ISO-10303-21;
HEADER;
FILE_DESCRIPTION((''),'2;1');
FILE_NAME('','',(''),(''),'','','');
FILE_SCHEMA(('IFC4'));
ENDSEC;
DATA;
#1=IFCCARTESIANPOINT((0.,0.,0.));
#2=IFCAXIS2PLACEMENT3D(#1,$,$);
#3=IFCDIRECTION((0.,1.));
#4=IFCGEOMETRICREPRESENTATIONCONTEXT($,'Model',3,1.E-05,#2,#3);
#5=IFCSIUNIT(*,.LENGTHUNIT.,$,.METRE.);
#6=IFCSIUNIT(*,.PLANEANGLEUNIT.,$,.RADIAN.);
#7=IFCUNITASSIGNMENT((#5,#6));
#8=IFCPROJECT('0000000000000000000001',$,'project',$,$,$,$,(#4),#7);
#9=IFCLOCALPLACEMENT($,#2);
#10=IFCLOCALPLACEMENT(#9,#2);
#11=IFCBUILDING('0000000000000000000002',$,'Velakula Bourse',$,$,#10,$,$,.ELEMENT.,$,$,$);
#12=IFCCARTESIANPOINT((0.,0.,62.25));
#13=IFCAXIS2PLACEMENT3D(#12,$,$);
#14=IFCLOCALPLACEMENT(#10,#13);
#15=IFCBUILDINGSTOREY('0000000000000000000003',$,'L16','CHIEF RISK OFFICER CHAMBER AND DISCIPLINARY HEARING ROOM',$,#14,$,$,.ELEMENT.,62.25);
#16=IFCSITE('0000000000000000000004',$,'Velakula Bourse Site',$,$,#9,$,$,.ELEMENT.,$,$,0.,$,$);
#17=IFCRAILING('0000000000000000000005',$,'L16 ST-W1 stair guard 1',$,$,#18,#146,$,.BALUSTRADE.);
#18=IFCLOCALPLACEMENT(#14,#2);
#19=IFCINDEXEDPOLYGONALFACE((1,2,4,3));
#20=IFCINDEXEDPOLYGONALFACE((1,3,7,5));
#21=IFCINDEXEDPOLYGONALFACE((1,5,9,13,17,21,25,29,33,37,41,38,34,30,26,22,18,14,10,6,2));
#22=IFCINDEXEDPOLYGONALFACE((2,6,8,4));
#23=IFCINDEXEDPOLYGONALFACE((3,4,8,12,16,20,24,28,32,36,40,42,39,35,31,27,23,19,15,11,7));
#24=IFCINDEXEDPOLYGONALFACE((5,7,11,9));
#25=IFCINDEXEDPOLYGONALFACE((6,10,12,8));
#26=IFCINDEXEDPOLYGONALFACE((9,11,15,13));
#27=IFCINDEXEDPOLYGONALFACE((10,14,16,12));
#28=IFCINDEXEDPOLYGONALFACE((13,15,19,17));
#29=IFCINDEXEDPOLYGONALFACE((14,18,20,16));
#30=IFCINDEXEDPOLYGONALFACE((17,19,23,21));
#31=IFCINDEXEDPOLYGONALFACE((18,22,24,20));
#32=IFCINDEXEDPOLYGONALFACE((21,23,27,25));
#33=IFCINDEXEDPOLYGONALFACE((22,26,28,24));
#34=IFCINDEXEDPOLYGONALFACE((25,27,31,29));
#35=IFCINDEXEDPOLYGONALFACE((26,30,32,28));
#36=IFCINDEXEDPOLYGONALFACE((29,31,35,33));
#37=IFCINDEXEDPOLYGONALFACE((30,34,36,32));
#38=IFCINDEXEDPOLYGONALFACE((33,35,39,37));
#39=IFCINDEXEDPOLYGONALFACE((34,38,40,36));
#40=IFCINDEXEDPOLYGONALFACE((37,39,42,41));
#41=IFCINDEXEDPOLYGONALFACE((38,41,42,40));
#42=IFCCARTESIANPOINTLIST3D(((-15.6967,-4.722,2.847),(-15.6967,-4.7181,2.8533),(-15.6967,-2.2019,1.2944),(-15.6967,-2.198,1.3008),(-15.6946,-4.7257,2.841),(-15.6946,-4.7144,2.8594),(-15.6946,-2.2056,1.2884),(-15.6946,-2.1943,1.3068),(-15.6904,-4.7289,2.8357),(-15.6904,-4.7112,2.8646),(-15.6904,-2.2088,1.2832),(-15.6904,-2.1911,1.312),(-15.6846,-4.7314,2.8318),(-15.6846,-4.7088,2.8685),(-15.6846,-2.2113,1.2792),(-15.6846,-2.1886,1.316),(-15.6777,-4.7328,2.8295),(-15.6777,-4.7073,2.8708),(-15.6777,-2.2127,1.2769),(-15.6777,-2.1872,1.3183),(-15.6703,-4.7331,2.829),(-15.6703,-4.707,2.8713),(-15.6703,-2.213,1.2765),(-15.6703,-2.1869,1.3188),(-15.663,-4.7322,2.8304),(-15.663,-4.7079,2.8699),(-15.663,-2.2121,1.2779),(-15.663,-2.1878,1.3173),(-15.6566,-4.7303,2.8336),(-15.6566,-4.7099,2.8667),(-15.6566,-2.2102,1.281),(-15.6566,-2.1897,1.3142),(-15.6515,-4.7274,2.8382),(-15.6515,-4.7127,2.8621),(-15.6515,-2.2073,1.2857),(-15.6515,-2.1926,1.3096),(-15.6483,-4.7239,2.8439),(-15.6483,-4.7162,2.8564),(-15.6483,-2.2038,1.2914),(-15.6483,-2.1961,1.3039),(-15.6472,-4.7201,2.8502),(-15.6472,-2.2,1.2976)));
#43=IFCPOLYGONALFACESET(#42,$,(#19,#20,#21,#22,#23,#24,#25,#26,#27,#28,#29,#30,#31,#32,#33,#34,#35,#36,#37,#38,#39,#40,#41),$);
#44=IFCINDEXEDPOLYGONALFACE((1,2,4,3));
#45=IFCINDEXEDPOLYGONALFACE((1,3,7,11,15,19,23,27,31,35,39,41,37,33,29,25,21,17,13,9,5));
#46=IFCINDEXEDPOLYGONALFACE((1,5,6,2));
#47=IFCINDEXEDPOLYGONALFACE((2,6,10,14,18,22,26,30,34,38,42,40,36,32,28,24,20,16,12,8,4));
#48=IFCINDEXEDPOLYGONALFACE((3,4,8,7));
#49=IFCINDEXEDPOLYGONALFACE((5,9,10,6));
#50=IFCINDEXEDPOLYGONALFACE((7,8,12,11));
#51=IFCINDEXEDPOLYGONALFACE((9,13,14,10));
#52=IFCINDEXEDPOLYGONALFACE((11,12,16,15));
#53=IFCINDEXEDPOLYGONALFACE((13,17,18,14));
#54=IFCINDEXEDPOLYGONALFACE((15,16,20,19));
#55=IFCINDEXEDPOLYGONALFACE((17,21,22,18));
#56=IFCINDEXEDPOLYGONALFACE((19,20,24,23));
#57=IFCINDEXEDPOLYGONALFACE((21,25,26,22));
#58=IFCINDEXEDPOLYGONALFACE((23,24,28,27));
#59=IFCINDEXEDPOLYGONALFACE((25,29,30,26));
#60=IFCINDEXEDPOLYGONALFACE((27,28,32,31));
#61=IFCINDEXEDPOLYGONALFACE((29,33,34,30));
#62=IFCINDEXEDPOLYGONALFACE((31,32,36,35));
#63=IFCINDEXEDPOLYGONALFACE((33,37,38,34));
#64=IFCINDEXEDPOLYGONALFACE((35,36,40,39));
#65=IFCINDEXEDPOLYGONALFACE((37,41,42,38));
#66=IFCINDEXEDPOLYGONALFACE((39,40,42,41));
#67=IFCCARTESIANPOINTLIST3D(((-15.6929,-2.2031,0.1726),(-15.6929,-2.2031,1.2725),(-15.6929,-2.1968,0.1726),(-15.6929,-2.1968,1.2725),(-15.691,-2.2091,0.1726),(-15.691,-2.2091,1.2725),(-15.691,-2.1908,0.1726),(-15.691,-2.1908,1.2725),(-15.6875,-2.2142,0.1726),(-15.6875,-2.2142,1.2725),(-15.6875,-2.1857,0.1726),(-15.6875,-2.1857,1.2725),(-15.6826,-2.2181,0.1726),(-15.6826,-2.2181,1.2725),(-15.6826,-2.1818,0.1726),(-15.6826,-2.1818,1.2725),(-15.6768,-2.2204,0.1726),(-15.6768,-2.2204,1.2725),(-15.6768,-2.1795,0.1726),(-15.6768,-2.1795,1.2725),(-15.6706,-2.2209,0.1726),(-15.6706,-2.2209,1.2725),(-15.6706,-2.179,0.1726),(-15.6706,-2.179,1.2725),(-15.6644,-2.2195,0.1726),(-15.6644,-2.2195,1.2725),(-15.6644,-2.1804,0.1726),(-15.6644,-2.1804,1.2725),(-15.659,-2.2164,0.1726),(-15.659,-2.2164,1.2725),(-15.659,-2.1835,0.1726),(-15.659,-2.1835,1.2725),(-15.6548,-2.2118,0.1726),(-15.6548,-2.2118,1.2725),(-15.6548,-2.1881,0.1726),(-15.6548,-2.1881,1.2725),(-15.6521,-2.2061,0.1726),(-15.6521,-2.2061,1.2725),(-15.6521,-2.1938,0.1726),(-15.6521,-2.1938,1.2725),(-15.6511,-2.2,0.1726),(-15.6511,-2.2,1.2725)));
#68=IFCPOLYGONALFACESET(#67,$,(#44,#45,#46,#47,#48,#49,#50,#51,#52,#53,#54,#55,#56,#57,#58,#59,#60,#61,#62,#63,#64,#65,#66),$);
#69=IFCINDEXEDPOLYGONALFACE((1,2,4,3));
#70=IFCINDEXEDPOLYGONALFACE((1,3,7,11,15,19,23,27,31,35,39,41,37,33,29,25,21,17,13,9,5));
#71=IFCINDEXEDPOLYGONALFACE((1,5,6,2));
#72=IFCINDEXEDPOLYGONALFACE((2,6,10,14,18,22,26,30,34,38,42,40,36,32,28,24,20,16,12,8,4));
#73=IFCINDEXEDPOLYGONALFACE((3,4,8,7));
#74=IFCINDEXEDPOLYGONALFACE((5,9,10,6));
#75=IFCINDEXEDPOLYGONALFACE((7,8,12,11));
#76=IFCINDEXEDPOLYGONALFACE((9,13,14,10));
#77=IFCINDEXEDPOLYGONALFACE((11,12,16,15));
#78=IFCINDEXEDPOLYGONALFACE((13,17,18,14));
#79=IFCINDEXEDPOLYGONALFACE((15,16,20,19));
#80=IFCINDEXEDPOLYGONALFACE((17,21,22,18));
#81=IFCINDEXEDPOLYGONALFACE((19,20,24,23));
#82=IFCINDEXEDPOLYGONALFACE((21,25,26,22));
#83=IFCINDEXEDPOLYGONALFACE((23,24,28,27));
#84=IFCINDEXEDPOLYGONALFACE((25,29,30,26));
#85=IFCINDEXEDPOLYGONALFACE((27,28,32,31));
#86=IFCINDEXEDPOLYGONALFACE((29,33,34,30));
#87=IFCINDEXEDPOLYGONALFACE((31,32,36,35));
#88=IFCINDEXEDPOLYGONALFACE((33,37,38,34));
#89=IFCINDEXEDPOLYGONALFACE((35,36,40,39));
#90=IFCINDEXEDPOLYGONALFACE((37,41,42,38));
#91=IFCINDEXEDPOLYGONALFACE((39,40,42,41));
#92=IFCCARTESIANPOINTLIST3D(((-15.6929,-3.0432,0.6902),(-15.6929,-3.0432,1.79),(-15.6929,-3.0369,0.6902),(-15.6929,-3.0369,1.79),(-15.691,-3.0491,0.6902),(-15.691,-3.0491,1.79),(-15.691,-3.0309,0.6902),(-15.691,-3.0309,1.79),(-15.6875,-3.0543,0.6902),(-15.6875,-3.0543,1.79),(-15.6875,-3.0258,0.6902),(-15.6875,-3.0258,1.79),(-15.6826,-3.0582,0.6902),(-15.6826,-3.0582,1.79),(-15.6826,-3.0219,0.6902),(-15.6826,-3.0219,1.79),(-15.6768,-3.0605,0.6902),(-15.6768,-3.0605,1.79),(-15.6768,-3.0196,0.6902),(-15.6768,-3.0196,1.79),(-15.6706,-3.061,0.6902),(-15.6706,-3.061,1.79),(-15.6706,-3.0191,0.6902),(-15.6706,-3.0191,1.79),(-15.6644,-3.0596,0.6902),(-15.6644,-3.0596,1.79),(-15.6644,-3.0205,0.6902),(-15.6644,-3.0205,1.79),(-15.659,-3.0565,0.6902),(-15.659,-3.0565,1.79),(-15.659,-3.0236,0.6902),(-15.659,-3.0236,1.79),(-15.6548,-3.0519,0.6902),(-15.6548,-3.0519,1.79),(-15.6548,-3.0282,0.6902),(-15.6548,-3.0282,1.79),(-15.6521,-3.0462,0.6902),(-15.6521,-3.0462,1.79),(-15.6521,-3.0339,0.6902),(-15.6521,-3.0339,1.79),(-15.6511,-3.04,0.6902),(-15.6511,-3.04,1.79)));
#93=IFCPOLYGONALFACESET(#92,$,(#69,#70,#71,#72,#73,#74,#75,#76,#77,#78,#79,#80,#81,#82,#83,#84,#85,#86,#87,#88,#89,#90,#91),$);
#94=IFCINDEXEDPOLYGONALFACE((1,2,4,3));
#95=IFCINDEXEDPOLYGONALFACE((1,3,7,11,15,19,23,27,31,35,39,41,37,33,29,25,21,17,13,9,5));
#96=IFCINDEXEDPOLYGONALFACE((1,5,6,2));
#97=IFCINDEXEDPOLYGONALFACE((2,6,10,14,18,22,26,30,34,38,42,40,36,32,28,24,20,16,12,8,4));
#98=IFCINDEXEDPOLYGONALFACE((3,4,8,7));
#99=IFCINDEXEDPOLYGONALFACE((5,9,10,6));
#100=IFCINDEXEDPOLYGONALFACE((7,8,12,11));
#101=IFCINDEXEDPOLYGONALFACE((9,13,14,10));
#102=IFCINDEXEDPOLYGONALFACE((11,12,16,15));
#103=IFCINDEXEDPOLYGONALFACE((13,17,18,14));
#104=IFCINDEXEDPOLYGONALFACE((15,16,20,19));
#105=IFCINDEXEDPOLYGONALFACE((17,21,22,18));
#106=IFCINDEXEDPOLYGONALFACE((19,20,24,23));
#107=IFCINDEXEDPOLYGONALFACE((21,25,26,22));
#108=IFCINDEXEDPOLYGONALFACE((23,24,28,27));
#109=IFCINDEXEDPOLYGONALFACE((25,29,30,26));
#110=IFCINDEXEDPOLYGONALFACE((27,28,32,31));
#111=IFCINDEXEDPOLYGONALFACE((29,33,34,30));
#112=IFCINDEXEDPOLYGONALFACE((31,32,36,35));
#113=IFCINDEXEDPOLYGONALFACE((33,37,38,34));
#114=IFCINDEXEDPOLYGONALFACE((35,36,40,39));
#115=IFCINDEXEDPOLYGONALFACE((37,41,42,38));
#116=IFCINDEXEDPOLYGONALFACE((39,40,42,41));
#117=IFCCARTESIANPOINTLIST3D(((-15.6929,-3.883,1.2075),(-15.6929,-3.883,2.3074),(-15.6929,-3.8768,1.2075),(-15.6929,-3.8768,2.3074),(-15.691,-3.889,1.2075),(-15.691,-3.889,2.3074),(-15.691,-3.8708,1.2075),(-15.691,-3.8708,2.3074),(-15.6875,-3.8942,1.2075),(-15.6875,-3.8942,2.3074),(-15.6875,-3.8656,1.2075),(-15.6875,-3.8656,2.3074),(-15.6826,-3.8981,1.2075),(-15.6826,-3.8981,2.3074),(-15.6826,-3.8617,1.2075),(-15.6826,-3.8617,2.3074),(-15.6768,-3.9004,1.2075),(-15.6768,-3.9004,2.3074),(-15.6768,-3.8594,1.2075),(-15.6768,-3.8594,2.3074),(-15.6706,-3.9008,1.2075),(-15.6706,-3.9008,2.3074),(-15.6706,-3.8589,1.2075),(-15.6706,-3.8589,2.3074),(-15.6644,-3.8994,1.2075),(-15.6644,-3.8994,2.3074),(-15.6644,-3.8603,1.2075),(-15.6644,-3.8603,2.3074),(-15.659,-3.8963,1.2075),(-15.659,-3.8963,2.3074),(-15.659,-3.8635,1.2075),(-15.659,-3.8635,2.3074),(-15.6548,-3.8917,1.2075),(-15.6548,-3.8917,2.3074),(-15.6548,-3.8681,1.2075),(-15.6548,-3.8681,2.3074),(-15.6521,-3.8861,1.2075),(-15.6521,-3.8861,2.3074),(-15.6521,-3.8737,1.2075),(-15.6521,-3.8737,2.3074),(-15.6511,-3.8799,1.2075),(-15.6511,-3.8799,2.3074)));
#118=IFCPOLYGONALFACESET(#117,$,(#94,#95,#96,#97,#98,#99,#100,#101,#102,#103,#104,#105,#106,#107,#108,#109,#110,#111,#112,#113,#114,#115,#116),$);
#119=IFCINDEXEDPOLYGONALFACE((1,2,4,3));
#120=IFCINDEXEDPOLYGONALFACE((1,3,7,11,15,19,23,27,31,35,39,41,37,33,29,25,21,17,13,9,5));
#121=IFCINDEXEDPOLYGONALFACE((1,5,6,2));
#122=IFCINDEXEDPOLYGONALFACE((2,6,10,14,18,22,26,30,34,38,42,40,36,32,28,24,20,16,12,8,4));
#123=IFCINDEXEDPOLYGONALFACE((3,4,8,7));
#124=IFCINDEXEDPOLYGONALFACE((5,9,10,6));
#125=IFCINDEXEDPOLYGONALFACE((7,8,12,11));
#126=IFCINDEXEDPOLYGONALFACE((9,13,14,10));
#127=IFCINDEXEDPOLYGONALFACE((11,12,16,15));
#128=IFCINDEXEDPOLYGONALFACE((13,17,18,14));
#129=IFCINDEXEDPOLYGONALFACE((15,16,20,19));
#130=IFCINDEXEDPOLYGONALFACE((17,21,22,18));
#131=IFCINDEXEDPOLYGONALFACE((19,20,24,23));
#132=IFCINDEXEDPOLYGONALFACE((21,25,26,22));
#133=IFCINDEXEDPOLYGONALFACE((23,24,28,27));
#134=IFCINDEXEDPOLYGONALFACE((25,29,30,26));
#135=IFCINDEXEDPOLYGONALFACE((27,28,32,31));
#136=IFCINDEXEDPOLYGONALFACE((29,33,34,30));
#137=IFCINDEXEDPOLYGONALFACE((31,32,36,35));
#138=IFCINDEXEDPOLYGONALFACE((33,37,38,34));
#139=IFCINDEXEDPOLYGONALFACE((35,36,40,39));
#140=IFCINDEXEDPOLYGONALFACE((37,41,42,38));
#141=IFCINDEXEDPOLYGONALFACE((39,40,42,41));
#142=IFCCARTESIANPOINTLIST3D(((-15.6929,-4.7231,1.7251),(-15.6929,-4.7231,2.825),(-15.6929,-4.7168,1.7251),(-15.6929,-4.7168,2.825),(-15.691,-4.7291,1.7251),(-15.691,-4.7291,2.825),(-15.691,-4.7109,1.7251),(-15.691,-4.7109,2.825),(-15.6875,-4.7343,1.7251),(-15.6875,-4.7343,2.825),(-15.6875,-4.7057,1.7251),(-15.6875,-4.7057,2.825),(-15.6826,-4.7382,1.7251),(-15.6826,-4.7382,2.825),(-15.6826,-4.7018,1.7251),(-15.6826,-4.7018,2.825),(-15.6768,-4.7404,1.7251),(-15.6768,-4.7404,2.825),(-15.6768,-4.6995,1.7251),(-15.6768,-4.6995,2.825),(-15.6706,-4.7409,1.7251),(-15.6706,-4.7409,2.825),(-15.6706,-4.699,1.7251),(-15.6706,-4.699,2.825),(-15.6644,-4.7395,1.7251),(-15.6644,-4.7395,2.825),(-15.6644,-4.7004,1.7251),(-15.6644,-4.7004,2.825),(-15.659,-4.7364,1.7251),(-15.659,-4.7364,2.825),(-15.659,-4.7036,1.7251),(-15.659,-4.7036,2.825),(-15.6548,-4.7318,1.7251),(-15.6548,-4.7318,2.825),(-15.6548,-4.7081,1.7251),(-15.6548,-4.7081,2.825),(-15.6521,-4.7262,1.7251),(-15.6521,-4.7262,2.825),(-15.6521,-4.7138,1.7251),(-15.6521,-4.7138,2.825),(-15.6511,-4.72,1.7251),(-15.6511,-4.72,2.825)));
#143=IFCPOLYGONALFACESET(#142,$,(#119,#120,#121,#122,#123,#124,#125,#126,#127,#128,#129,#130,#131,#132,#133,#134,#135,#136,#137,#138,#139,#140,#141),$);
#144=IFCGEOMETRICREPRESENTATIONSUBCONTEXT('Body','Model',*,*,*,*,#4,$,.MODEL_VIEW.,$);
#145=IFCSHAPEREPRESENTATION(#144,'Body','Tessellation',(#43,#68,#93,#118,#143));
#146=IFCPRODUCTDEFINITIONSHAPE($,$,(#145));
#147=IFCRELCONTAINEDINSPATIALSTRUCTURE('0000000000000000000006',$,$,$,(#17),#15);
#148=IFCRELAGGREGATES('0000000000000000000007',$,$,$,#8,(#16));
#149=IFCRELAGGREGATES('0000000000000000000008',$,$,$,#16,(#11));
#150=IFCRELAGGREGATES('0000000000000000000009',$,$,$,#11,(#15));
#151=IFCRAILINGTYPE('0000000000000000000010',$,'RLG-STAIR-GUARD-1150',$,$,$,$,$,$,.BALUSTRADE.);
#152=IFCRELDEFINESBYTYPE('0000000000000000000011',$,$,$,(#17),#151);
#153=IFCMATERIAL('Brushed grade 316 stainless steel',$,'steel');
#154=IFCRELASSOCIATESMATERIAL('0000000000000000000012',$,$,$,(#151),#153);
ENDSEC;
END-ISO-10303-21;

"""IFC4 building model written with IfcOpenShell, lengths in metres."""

from ifc_helpers import new_model, si_unit, direction, frame, origin, origin_2d, place, context, subcontext, project, spatial, circle, extrude, material, type_object, element, save


model = new_model("IFC4")

# Units and contexts
model_context = context("Model", 3, precision=1e-05, world=origin(), true_north=direction((0.0, 1.0)))
body_context = subcontext(model_context, "Body", "Model", "MODEL_VIEW")
ifc_project = project(units=[si_unit("LENGTHUNIT", "METRE"), si_unit("PLANEANGLEUNIT", "RADIAN")], contexts=[model_context])

# Site, building, storey
site_placement = place(None, origin())
site = spatial("IfcSite", under=ifc_project, at=site_placement, Name="Velakula Bourse Site", CompositionType="ELEMENT", RefElevation=0.0)
building_placement = place(site_placement, origin())
building = spatial("IfcBuilding", under=site, at=building_placement, Name="Velakula Bourse", CompositionType="ELEMENT")
storey_placement = place(building_placement, frame((0.0, 0.0, 62.25)))
storey = spatial("IfcBuildingStorey", under=building, at=storey_placement, Name="L16", Description="CHIEF RISK OFFICER CHAMBER AND DISCIPLINARY HEARING ROOM", CompositionType="ELEMENT", Elevation=62.25)

# Shared definitions
ifc_material_1 = material(Name="Brushed grade 316 stainless steel", Category="steel")

# Railing
railing_type_1 = type_object("IfcRailingType", Name="RLG-STAIR-GUARD-1150", PredefinedType="BALUSTRADE", material=ifc_material_1)
railing_1_placement = place(storey_placement, frame((-15.6721, -2.2, 0.1726)))
element("IfcRailing", 1, at=railing_1_placement, inside=storey, type_object=railing_type_1, Name="L16 ST-W1 stair guard 1", PredefinedType="BALUSTRADE", context=body_context, shape_type="SweptSolid", body=[
    extrude(circle(Radius=0.0249, at=origin_2d()), frame((0.0, 0.0, 1.125), z_axis=(0.0, -0.8514, 0.524516), x_axis=(1.0, 0.0, 0.0)), (0.0, 0.0, 1.0), 2.96),
    extrude(circle(Radius=0.021, at=origin_2d()), origin(), (0.0, 0.0, 1.0), 1.0999),
    extrude(circle(Radius=0.021, at=origin_2d()), frame((0.0, -0.8401, 0.5176)), (0.0, 0.0, 1.0), 1.0999),
    extrude(circle(Radius=0.021, at=origin_2d()), frame((0.0, -1.6799, 1.0349)), (0.0, 0.0, 1.0), 1.0999),
    extrude(circle(Radius=0.021, at=origin_2d()), frame((0.0, -2.52, 1.5525)), (0.0, 0.0, 1.0), 1.0999),
])

save(model, "model.ifc")
